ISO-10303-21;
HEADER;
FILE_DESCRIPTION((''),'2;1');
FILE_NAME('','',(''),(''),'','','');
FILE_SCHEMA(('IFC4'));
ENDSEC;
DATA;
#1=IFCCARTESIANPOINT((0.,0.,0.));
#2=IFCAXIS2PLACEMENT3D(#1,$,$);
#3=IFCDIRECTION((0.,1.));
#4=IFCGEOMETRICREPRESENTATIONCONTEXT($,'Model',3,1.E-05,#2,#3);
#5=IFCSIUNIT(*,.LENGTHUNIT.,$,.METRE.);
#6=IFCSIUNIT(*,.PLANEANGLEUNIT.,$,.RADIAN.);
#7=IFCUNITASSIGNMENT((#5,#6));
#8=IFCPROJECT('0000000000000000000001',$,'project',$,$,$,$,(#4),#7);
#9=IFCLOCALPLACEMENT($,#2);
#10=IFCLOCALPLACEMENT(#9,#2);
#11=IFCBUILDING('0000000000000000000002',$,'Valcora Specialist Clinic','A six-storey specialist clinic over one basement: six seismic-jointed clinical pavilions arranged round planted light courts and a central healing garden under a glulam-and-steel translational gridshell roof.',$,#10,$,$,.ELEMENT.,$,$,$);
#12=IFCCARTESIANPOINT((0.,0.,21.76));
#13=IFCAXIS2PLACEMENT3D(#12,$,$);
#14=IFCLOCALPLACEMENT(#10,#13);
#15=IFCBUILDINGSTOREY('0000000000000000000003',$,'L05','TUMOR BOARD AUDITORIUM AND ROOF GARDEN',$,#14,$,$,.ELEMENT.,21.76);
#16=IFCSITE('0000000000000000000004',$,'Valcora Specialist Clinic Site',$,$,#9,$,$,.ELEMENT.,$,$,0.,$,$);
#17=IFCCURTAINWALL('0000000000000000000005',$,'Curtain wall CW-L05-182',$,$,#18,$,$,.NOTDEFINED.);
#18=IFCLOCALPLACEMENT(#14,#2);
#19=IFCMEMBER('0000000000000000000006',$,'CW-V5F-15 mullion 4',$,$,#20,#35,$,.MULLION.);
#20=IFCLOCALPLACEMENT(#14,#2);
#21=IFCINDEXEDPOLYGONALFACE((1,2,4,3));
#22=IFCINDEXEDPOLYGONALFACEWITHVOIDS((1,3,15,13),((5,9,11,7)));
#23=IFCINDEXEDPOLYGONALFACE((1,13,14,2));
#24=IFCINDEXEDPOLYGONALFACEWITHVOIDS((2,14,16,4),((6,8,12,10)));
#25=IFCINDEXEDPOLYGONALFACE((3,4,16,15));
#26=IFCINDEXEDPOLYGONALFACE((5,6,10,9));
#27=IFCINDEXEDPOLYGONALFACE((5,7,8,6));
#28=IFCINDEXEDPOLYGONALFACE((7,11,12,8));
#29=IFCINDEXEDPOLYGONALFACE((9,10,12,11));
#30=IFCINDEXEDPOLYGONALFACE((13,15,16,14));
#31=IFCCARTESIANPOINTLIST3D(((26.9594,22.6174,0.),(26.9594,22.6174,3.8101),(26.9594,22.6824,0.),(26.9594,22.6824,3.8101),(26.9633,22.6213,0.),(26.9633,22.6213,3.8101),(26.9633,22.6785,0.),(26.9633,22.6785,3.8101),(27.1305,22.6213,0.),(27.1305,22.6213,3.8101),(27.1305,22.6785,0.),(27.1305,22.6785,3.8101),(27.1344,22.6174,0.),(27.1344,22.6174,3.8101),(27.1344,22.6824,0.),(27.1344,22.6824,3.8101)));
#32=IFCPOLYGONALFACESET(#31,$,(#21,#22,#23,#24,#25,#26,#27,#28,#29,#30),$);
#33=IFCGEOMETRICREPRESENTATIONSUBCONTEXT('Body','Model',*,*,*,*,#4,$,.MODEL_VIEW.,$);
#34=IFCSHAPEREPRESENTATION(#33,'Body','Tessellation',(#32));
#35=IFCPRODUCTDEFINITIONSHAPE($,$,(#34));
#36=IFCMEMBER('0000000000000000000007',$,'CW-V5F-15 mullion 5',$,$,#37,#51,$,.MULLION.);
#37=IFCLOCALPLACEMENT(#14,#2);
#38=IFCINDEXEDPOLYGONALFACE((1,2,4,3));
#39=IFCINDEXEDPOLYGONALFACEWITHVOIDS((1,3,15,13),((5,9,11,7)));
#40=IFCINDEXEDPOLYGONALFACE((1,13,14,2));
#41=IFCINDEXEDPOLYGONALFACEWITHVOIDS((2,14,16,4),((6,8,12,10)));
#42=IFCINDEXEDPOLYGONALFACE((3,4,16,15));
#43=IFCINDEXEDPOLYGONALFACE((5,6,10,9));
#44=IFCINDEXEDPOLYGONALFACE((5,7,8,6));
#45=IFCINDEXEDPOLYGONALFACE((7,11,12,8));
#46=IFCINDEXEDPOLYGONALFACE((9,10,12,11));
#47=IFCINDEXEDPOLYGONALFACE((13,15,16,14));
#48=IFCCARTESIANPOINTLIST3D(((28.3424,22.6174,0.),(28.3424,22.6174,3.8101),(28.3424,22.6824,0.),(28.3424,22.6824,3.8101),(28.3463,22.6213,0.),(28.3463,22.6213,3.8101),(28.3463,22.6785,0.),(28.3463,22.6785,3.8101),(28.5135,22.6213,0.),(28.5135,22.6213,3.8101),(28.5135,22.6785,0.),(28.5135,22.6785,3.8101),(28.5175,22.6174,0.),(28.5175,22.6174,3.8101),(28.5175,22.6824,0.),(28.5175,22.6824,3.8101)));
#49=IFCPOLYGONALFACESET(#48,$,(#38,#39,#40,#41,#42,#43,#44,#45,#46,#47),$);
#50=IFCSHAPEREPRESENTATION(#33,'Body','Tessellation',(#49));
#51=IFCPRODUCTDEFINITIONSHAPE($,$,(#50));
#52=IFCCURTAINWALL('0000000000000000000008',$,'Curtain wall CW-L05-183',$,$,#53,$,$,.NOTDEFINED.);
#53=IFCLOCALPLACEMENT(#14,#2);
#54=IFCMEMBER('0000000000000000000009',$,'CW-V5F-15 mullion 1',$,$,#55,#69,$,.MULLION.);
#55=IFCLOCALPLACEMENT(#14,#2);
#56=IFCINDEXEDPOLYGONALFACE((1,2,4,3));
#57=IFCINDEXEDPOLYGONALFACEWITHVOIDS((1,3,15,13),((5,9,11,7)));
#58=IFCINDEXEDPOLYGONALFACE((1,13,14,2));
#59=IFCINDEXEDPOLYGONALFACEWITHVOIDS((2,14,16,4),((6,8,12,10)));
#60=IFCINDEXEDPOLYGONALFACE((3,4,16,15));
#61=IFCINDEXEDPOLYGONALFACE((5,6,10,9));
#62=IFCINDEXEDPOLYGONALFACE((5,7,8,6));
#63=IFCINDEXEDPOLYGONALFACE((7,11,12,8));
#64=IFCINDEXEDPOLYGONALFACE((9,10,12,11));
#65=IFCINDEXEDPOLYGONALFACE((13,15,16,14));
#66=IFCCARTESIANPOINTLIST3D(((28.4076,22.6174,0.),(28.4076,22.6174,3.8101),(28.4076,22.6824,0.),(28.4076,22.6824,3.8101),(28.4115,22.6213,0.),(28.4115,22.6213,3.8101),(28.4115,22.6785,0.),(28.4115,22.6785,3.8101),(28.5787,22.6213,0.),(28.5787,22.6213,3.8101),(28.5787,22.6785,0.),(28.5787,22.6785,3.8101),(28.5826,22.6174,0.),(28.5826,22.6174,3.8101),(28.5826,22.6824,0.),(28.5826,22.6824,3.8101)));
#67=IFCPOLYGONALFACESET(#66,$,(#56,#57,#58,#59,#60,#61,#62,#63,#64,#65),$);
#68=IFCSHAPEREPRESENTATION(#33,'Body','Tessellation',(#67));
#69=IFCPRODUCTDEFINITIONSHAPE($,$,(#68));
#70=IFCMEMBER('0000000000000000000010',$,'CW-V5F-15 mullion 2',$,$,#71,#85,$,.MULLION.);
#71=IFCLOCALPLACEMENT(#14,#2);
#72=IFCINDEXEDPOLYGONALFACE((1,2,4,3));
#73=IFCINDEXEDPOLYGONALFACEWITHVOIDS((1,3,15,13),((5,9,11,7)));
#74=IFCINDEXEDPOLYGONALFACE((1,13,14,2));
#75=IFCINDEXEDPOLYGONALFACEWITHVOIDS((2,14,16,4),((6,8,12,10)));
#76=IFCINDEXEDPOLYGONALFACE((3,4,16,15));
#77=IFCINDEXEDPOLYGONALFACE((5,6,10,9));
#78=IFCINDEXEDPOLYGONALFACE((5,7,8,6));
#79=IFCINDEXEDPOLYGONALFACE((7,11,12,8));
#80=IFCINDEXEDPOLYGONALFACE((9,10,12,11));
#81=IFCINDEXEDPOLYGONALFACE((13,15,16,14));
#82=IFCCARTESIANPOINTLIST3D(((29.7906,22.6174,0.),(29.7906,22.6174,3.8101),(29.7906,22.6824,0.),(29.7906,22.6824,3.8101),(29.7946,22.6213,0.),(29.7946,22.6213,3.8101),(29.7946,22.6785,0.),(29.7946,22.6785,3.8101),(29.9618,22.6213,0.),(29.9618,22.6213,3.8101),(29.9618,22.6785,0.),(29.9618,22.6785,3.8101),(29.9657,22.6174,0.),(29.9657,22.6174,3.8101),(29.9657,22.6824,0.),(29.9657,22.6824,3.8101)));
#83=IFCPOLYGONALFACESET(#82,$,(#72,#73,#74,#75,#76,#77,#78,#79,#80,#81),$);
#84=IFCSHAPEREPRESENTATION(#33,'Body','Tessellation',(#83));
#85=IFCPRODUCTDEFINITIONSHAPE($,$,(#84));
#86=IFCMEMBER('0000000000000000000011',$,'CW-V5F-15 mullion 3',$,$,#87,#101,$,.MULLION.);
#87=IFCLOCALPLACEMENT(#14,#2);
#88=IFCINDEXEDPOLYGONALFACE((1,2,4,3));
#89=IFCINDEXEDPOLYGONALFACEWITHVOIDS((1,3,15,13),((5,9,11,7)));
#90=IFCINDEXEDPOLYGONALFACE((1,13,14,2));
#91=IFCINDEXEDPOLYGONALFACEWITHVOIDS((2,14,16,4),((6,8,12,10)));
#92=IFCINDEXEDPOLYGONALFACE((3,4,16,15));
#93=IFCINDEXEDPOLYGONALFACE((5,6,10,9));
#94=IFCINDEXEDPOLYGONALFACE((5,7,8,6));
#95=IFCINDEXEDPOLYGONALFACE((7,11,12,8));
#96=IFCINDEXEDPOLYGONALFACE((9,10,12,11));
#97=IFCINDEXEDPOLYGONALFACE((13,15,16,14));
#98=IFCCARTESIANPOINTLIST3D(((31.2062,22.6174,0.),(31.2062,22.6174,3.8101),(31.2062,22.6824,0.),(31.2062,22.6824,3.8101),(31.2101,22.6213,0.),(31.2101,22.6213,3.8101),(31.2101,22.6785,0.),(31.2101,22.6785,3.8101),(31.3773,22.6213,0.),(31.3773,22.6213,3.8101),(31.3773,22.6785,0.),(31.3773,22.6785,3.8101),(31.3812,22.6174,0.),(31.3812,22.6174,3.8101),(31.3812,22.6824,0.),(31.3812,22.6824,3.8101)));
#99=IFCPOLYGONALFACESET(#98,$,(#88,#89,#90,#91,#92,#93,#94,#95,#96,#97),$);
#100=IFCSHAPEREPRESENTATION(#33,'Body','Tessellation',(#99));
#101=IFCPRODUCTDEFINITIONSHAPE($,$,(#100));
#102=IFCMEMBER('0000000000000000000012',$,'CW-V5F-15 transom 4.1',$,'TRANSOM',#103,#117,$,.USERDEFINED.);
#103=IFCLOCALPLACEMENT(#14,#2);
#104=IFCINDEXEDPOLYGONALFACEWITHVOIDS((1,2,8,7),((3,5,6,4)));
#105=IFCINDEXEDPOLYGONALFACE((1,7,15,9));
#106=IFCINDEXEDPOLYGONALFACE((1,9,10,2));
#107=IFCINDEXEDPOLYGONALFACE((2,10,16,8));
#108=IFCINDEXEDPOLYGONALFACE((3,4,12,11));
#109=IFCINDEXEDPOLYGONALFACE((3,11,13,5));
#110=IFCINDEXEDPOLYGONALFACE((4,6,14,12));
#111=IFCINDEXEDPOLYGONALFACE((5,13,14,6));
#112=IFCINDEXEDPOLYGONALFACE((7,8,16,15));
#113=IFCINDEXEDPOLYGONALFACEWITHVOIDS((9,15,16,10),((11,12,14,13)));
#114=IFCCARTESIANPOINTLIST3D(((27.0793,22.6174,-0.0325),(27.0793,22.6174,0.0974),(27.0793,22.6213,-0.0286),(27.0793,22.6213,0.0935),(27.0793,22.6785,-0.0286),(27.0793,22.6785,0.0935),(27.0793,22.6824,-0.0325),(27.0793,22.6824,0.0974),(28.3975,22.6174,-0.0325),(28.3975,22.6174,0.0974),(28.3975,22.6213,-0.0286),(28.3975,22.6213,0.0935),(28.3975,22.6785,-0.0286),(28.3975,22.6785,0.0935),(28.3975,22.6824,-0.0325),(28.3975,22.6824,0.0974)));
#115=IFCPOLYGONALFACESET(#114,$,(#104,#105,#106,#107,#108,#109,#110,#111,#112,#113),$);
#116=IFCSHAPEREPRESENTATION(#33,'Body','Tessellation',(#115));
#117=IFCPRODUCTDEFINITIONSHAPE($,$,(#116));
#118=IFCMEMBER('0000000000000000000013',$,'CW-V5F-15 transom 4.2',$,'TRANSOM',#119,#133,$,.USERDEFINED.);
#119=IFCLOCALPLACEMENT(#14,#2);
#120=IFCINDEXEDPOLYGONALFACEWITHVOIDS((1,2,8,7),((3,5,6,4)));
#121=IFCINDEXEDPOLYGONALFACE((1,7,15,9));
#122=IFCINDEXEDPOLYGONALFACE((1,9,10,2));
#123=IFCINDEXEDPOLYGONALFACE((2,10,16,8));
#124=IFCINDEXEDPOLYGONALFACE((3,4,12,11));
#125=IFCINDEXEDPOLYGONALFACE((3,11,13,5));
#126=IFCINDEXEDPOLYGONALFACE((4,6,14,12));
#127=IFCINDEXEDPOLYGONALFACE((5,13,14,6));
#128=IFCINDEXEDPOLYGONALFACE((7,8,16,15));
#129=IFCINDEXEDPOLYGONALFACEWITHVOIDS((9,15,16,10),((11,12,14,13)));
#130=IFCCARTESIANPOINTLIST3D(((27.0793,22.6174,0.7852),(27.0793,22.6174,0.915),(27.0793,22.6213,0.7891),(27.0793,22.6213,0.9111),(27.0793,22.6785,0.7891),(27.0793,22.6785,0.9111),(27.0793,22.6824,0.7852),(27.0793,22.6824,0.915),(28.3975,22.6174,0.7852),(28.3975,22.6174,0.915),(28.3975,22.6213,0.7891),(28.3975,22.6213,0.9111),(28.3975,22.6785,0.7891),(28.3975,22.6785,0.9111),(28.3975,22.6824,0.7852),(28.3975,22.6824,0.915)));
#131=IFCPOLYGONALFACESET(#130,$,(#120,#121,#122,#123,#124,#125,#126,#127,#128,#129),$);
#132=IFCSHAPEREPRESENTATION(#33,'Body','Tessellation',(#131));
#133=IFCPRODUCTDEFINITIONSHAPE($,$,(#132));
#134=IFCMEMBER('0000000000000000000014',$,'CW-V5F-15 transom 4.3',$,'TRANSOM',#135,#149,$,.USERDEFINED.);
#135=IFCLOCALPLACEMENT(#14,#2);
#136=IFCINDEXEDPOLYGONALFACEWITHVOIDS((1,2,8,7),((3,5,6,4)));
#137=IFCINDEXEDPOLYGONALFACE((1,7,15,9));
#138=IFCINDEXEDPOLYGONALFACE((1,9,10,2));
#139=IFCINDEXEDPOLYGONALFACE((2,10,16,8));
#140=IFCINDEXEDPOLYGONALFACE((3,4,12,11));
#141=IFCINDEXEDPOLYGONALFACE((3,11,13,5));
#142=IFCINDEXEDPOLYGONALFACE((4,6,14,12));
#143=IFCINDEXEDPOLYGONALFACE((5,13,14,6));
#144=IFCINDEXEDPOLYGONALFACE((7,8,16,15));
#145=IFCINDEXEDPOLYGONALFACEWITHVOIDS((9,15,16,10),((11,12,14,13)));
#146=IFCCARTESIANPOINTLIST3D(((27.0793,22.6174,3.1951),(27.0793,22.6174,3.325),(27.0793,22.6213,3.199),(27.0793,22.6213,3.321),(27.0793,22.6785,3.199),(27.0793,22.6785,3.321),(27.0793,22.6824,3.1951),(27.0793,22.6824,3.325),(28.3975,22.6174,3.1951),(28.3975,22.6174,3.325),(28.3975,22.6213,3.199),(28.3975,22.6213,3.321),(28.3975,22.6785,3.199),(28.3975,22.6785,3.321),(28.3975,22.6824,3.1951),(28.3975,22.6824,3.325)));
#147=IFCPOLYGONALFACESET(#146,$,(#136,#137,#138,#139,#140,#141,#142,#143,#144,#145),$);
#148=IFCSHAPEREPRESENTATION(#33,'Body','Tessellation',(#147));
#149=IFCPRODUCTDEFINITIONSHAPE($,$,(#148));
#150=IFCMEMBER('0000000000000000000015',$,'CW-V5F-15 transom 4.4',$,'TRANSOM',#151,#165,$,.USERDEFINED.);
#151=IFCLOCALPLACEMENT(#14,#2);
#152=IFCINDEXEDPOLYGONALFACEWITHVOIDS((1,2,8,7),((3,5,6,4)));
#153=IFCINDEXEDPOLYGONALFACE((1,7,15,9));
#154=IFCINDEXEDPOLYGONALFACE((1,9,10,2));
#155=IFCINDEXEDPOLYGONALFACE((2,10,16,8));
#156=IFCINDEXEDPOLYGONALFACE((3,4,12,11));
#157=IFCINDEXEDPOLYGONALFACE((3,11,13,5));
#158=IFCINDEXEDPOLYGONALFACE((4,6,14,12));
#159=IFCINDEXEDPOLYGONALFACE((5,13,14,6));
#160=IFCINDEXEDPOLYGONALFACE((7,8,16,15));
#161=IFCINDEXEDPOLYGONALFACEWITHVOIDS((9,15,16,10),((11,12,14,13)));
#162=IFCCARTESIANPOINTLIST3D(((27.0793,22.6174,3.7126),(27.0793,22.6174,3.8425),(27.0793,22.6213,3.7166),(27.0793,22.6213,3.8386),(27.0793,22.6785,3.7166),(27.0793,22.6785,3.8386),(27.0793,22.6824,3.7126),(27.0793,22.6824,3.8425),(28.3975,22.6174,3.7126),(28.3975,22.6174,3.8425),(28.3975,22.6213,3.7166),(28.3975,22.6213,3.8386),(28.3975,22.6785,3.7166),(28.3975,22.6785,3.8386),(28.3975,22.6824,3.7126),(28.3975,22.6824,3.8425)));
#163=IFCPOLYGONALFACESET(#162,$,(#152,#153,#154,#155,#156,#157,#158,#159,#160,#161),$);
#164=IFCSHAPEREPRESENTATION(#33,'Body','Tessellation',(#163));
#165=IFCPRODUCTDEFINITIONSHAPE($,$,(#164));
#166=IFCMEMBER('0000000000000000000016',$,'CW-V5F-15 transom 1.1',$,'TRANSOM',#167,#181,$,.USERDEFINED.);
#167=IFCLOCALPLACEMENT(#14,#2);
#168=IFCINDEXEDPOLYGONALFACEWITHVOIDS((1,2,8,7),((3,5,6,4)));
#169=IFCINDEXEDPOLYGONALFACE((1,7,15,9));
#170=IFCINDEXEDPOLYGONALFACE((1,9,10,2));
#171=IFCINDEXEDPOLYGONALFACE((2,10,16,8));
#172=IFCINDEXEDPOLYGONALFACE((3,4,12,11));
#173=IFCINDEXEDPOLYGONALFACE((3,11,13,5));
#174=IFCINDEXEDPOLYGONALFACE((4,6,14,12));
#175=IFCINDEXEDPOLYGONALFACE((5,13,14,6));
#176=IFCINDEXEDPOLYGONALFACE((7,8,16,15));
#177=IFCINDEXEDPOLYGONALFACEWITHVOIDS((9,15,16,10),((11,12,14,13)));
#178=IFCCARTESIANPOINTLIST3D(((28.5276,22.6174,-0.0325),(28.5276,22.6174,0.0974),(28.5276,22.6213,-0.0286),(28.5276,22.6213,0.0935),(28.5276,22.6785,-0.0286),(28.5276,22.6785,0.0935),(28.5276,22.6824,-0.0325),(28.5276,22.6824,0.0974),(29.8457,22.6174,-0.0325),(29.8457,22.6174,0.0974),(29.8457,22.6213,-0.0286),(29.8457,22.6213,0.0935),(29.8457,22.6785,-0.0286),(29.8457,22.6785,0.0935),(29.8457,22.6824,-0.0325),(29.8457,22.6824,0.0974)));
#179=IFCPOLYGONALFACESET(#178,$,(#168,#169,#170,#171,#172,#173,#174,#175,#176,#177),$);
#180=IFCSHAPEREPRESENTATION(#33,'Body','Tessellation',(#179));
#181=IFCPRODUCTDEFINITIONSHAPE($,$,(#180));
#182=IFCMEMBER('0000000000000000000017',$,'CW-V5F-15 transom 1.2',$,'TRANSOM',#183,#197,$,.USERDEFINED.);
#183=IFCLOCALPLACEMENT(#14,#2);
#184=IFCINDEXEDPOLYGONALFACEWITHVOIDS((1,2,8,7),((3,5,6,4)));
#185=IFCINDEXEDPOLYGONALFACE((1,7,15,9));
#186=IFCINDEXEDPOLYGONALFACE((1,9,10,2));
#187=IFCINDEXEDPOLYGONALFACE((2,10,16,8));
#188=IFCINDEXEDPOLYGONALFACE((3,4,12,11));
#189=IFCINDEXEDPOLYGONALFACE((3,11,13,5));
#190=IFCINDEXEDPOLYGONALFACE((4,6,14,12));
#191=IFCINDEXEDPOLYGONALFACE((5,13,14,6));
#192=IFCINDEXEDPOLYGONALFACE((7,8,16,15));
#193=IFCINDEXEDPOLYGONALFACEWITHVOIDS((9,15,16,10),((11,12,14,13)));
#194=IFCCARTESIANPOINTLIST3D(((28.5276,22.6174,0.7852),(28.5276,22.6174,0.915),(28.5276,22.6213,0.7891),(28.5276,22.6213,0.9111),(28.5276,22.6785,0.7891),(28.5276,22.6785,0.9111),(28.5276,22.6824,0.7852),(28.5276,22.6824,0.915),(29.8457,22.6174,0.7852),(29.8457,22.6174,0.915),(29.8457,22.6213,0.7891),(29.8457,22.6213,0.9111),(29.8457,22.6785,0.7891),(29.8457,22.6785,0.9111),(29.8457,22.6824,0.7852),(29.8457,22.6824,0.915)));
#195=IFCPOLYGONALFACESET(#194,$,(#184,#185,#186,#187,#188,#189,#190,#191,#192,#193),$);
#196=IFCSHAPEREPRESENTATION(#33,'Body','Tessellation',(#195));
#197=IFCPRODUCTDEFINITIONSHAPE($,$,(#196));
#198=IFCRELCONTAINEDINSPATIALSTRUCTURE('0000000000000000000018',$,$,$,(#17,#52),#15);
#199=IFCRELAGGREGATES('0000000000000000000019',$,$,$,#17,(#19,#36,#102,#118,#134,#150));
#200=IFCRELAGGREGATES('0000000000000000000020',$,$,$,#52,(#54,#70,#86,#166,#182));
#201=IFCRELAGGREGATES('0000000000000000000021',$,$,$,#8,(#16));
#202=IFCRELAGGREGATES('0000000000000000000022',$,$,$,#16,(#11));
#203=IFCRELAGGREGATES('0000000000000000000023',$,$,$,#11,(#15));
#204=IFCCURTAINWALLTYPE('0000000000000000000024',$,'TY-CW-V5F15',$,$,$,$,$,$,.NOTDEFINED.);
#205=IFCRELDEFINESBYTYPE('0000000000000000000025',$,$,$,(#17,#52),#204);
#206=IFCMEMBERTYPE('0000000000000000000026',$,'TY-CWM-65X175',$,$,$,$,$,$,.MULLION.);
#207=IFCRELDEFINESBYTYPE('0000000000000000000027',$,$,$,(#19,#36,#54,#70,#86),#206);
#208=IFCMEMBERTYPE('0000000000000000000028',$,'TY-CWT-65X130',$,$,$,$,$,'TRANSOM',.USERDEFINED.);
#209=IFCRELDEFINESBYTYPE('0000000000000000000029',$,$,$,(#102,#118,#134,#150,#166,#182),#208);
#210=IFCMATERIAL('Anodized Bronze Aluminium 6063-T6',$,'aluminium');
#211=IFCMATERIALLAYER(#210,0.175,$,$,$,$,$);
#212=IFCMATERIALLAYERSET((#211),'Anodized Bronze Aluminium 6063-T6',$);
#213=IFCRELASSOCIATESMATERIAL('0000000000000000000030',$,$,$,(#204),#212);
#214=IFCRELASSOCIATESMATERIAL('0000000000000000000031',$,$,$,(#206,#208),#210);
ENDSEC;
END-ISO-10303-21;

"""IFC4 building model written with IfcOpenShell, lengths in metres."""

from ifc_helpers import new_model, si_unit, direction, frame, origin, origin_2d, place, context, subcontext, project, spatial, hollow_rectangle, extrude, material, layer, layer_set, material_profile, profile_set, type_object, element, aggregate, save


model = new_model("IFC4")

# Units and contexts
model_context = context("Model", 3, precision=1e-05, world=origin(), true_north=direction((0.0, 1.0)))
body_context = subcontext(model_context, "Body", "Model", "MODEL_VIEW")
ifc_project = project(units=[si_unit("LENGTHUNIT", "METRE"), si_unit("PLANEANGLEUNIT", "RADIAN")], contexts=[model_context])

# Site, building, storey
site_placement = place(None, origin())
site = spatial("IfcSite", under=ifc_project, at=site_placement, Name="Valcora Specialist Clinic Site", CompositionType="ELEMENT", RefElevation=0.0)
building_placement = place(site_placement, origin())
building = spatial("IfcBuilding", under=site, at=building_placement, Name="Valcora Specialist Clinic", Description="A six-storey specialist clinic over one basement: six seismic-jointed clinical pavilions arranged round planted light courts and a central healing garden under a glulam-and-steel translational gridshell roof.", CompositionType="ELEMENT")
storey_placement = place(building_placement, frame((0.0, 0.0, 21.76)))
storey = spatial("IfcBuildingStorey", under=building, at=storey_placement, Name="L05", Description="TUMOR BOARD AUDITORIUM AND ROOF GARDEN", CompositionType="ELEMENT", Elevation=21.76)

# Curtain walls, members
ifc_material_1 = material(Name="Anodized Bronze Aluminium 6063-T6", Category="aluminium")
ifc_layer_1 = layer(ifc_material_1, 0.175)
ifc_layer_set_1 = layer_set([ifc_layer_1], Name="Anodized Bronze Aluminium 6063-T6")
curtain_wall_type = type_object("IfcCurtainWallType", Name="TY-CW-V5F15", PredefinedType="NOTDEFINED", material=ifc_layer_set_1)
curtain_wall_1_placement = place(storey_placement, origin())
curtain_wall_1 = element("IfcCurtainWall", 1, at=curtain_wall_1_placement, inside=storey, type_object=curtain_wall_type, Name="Curtain wall CW-L05-182", PredefinedType="NOTDEFINED")
ifc_material_profile_1 = material_profile(ifc_material_1, hollow_rectangle(XDim=0.0649, YDim=0.175, WallThickness=0.0039, at=origin_2d()), Name="AL-MUL-65X175")
ifc_profile_set_1 = profile_set([ifc_material_profile_1], Name="Anodized Bronze Aluminium 6063-T6")
member_type_1 = type_object("IfcMemberType", Name="TY-CWM-65X175", PredefinedType="MULLION", material=ifc_profile_set_1)
member_1_placement = place(storey_placement, frame((27.0469, 22.6499, 0.0), z_axis=(0.0, 0.0, 1.0), x_axis=(0.0, 1.0, 0.0)))
member_1 = element("IfcMember", 2, at=member_1_placement, type_object=member_type_1, Name="CW-V5F-15 mullion 4", PredefinedType="MULLION", context=body_context, shape_type="SweptSolid", body=[
    extrude(hollow_rectangle(XDim=0.0649, YDim=0.175, WallThickness=0.0039, at=origin_2d()), origin(), (0.0, 0.0, 1.0), 3.8101),
])
member_2_placement = place(storey_placement, frame((28.4299, 22.6499, 0.0), z_axis=(0.0, 0.0, 1.0), x_axis=(0.0, 1.0, 0.0)))
member_2 = element("IfcMember", 3, at=member_2_placement, type_object=member_type_1, Name="CW-V5F-15 mullion 5", PredefinedType="MULLION", context=body_context, shape_type="SweptSolid", body=[
    extrude(hollow_rectangle(XDim=0.0649, YDim=0.175, WallThickness=0.0039, at=origin_2d()), origin(), (0.0, 0.0, 1.0), 3.8101),
])
curtain_wall_2_placement = place(storey_placement, origin())
curtain_wall_2 = element("IfcCurtainWall", 4, at=curtain_wall_2_placement, inside=storey, type_object=curtain_wall_type, Name="Curtain wall CW-L05-183", PredefinedType="NOTDEFINED")
member_3_placement = place(storey_placement, frame((28.4951, 22.6499, 0.0), z_axis=(0.0, 0.0, 1.0), x_axis=(0.0, 1.0, 0.0)))
member_3 = element("IfcMember", 5, at=member_3_placement, type_object=member_type_1, Name="CW-V5F-15 mullion 1", PredefinedType="MULLION", context=body_context, shape_type="SweptSolid", body=[
    extrude(hollow_rectangle(XDim=0.0649, YDim=0.175, WallThickness=0.0039, at=origin_2d()), origin(), (0.0, 0.0, 1.0), 3.8101),
])
member_4_placement = place(storey_placement, frame((29.8782, 22.6499, 0.0), z_axis=(0.0, 0.0, 1.0), x_axis=(0.0, 1.0, 0.0)))
member_4 = element("IfcMember", 6, at=member_4_placement, type_object=member_type_1, Name="CW-V5F-15 mullion 2", PredefinedType="MULLION", context=body_context, shape_type="SweptSolid", body=[
    extrude(hollow_rectangle(XDim=0.0649, YDim=0.175, WallThickness=0.0039, at=origin_2d()), origin(), (0.0, 0.0, 1.0), 3.8101),
])
member_5_placement = place(storey_placement, frame((31.2937, 22.6499, 0.0), z_axis=(0.0, 0.0, 1.0), x_axis=(0.0, 1.0, 0.0)))
member_5 = element("IfcMember", 7, at=member_5_placement, type_object=member_type_1, Name="CW-V5F-15 mullion 3", PredefinedType="MULLION", context=body_context, shape_type="SweptSolid", body=[
    extrude(hollow_rectangle(XDim=0.0649, YDim=0.175, WallThickness=0.0039, at=origin_2d()), origin(), (0.0, 0.0, 1.0), 3.8101),
])

# Members
ifc_material_profile_2 = material_profile(ifc_material_1, hollow_rectangle(XDim=0.0649, YDim=0.1299, WallThickness=0.0039, at=origin_2d()), Name="AL-TRN-65X130")
ifc_profile_set_2 = profile_set([ifc_material_profile_2], Name="Anodized Bronze Aluminium 6063-T6")
member_type_2 = type_object("IfcMemberType", Name="TY-CWT-65X130", ElementType="TRANSOM", PredefinedType="USERDEFINED", material=ifc_profile_set_2)
member_6_placement = place(storey_placement, frame((27.0793, 22.6499, 0.0325), z_axis=(1.0, 0.0, 0.0), x_axis=(0.0, 1.0, 0.0)))
member_6 = element("IfcMember", 8, at=member_6_placement, type_object=member_type_2, Name="CW-V5F-15 transom 4.1", ObjectType="TRANSOM", PredefinedType="USERDEFINED", context=body_context, shape_type="SweptSolid", body=[
    extrude(hollow_rectangle(XDim=0.0649, YDim=0.1299, WallThickness=0.0039, at=origin_2d()), origin(), (0.0, 0.0, 1.0), 1.3181),
])
member_7_placement = place(storey_placement, frame((27.0793, 22.6499, 0.8501), z_axis=(1.0, 0.0, 0.0), x_axis=(0.0, 1.0, 0.0)))
member_7 = element("IfcMember", 9, at=member_7_placement, type_object=member_type_2, Name="CW-V5F-15 transom 4.2", ObjectType="TRANSOM", PredefinedType="USERDEFINED", context=body_context, shape_type="SweptSolid", body=[
    extrude(hollow_rectangle(XDim=0.0649, YDim=0.1299, WallThickness=0.0039, at=origin_2d()), origin(), (0.0, 0.0, 1.0), 1.3181),
])
member_8_placement = place(storey_placement, frame((27.0793, 22.6499, 3.26), z_axis=(1.0, 0.0, 0.0), x_axis=(0.0, 1.0, 0.0)))
member_8 = element("IfcMember", 10, at=member_8_placement, type_object=member_type_2, Name="CW-V5F-15 transom 4.3", ObjectType="TRANSOM", PredefinedType="USERDEFINED", context=body_context, shape_type="SweptSolid", body=[
    extrude(hollow_rectangle(XDim=0.0649, YDim=0.1299, WallThickness=0.0039, at=origin_2d()), origin(), (0.0, 0.0, 1.0), 1.3181),
])
member_9_placement = place(storey_placement, frame((27.0793, 22.6499, 3.7776), z_axis=(1.0, 0.0, 0.0), x_axis=(0.0, 1.0, 0.0)))
member_9 = element("IfcMember", 11, at=member_9_placement, type_object=member_type_2, Name="CW-V5F-15 transom 4.4", ObjectType="TRANSOM", PredefinedType="USERDEFINED", context=body_context, shape_type="SweptSolid", body=[
    extrude(hollow_rectangle(XDim=0.0649, YDim=0.1299, WallThickness=0.0039, at=origin_2d()), origin(), (0.0, 0.0, 1.0), 1.3181),
])
member_10_placement = place(storey_placement, frame((28.5276, 22.6499, 0.0325), z_axis=(1.0, 0.0, 0.0), x_axis=(0.0, 1.0, 0.0)))
member_10 = element("IfcMember", 12, at=member_10_placement, type_object=member_type_2, Name="CW-V5F-15 transom 1.1", ObjectType="TRANSOM", PredefinedType="USERDEFINED", context=body_context, shape_type="SweptSolid", body=[
    extrude(hollow_rectangle(XDim=0.0649, YDim=0.1299, WallThickness=0.0039, at=origin_2d()), origin(), (0.0, 0.0, 1.0), 1.3181),
])
member_11_placement = place(storey_placement, frame((28.5276, 22.6499, 0.8501), z_axis=(1.0, 0.0, 0.0), x_axis=(0.0, 1.0, 0.0)))
member_11 = element("IfcMember", 13, at=member_11_placement, type_object=member_type_2, Name="CW-V5F-15 transom 1.2", ObjectType="TRANSOM", PredefinedType="USERDEFINED", context=body_context, shape_type="SweptSolid", body=[
    extrude(hollow_rectangle(XDim=0.0649, YDim=0.1299, WallThickness=0.0039, at=origin_2d()), origin(), (0.0, 0.0, 1.0), 1.3181),
])

aggregate(curtain_wall_1, [member_1, member_2, member_6, member_7, member_8, member_9])
aggregate(curtain_wall_2, [member_3, member_4, member_5, member_10, member_11])

save(model, "model.ifc")
